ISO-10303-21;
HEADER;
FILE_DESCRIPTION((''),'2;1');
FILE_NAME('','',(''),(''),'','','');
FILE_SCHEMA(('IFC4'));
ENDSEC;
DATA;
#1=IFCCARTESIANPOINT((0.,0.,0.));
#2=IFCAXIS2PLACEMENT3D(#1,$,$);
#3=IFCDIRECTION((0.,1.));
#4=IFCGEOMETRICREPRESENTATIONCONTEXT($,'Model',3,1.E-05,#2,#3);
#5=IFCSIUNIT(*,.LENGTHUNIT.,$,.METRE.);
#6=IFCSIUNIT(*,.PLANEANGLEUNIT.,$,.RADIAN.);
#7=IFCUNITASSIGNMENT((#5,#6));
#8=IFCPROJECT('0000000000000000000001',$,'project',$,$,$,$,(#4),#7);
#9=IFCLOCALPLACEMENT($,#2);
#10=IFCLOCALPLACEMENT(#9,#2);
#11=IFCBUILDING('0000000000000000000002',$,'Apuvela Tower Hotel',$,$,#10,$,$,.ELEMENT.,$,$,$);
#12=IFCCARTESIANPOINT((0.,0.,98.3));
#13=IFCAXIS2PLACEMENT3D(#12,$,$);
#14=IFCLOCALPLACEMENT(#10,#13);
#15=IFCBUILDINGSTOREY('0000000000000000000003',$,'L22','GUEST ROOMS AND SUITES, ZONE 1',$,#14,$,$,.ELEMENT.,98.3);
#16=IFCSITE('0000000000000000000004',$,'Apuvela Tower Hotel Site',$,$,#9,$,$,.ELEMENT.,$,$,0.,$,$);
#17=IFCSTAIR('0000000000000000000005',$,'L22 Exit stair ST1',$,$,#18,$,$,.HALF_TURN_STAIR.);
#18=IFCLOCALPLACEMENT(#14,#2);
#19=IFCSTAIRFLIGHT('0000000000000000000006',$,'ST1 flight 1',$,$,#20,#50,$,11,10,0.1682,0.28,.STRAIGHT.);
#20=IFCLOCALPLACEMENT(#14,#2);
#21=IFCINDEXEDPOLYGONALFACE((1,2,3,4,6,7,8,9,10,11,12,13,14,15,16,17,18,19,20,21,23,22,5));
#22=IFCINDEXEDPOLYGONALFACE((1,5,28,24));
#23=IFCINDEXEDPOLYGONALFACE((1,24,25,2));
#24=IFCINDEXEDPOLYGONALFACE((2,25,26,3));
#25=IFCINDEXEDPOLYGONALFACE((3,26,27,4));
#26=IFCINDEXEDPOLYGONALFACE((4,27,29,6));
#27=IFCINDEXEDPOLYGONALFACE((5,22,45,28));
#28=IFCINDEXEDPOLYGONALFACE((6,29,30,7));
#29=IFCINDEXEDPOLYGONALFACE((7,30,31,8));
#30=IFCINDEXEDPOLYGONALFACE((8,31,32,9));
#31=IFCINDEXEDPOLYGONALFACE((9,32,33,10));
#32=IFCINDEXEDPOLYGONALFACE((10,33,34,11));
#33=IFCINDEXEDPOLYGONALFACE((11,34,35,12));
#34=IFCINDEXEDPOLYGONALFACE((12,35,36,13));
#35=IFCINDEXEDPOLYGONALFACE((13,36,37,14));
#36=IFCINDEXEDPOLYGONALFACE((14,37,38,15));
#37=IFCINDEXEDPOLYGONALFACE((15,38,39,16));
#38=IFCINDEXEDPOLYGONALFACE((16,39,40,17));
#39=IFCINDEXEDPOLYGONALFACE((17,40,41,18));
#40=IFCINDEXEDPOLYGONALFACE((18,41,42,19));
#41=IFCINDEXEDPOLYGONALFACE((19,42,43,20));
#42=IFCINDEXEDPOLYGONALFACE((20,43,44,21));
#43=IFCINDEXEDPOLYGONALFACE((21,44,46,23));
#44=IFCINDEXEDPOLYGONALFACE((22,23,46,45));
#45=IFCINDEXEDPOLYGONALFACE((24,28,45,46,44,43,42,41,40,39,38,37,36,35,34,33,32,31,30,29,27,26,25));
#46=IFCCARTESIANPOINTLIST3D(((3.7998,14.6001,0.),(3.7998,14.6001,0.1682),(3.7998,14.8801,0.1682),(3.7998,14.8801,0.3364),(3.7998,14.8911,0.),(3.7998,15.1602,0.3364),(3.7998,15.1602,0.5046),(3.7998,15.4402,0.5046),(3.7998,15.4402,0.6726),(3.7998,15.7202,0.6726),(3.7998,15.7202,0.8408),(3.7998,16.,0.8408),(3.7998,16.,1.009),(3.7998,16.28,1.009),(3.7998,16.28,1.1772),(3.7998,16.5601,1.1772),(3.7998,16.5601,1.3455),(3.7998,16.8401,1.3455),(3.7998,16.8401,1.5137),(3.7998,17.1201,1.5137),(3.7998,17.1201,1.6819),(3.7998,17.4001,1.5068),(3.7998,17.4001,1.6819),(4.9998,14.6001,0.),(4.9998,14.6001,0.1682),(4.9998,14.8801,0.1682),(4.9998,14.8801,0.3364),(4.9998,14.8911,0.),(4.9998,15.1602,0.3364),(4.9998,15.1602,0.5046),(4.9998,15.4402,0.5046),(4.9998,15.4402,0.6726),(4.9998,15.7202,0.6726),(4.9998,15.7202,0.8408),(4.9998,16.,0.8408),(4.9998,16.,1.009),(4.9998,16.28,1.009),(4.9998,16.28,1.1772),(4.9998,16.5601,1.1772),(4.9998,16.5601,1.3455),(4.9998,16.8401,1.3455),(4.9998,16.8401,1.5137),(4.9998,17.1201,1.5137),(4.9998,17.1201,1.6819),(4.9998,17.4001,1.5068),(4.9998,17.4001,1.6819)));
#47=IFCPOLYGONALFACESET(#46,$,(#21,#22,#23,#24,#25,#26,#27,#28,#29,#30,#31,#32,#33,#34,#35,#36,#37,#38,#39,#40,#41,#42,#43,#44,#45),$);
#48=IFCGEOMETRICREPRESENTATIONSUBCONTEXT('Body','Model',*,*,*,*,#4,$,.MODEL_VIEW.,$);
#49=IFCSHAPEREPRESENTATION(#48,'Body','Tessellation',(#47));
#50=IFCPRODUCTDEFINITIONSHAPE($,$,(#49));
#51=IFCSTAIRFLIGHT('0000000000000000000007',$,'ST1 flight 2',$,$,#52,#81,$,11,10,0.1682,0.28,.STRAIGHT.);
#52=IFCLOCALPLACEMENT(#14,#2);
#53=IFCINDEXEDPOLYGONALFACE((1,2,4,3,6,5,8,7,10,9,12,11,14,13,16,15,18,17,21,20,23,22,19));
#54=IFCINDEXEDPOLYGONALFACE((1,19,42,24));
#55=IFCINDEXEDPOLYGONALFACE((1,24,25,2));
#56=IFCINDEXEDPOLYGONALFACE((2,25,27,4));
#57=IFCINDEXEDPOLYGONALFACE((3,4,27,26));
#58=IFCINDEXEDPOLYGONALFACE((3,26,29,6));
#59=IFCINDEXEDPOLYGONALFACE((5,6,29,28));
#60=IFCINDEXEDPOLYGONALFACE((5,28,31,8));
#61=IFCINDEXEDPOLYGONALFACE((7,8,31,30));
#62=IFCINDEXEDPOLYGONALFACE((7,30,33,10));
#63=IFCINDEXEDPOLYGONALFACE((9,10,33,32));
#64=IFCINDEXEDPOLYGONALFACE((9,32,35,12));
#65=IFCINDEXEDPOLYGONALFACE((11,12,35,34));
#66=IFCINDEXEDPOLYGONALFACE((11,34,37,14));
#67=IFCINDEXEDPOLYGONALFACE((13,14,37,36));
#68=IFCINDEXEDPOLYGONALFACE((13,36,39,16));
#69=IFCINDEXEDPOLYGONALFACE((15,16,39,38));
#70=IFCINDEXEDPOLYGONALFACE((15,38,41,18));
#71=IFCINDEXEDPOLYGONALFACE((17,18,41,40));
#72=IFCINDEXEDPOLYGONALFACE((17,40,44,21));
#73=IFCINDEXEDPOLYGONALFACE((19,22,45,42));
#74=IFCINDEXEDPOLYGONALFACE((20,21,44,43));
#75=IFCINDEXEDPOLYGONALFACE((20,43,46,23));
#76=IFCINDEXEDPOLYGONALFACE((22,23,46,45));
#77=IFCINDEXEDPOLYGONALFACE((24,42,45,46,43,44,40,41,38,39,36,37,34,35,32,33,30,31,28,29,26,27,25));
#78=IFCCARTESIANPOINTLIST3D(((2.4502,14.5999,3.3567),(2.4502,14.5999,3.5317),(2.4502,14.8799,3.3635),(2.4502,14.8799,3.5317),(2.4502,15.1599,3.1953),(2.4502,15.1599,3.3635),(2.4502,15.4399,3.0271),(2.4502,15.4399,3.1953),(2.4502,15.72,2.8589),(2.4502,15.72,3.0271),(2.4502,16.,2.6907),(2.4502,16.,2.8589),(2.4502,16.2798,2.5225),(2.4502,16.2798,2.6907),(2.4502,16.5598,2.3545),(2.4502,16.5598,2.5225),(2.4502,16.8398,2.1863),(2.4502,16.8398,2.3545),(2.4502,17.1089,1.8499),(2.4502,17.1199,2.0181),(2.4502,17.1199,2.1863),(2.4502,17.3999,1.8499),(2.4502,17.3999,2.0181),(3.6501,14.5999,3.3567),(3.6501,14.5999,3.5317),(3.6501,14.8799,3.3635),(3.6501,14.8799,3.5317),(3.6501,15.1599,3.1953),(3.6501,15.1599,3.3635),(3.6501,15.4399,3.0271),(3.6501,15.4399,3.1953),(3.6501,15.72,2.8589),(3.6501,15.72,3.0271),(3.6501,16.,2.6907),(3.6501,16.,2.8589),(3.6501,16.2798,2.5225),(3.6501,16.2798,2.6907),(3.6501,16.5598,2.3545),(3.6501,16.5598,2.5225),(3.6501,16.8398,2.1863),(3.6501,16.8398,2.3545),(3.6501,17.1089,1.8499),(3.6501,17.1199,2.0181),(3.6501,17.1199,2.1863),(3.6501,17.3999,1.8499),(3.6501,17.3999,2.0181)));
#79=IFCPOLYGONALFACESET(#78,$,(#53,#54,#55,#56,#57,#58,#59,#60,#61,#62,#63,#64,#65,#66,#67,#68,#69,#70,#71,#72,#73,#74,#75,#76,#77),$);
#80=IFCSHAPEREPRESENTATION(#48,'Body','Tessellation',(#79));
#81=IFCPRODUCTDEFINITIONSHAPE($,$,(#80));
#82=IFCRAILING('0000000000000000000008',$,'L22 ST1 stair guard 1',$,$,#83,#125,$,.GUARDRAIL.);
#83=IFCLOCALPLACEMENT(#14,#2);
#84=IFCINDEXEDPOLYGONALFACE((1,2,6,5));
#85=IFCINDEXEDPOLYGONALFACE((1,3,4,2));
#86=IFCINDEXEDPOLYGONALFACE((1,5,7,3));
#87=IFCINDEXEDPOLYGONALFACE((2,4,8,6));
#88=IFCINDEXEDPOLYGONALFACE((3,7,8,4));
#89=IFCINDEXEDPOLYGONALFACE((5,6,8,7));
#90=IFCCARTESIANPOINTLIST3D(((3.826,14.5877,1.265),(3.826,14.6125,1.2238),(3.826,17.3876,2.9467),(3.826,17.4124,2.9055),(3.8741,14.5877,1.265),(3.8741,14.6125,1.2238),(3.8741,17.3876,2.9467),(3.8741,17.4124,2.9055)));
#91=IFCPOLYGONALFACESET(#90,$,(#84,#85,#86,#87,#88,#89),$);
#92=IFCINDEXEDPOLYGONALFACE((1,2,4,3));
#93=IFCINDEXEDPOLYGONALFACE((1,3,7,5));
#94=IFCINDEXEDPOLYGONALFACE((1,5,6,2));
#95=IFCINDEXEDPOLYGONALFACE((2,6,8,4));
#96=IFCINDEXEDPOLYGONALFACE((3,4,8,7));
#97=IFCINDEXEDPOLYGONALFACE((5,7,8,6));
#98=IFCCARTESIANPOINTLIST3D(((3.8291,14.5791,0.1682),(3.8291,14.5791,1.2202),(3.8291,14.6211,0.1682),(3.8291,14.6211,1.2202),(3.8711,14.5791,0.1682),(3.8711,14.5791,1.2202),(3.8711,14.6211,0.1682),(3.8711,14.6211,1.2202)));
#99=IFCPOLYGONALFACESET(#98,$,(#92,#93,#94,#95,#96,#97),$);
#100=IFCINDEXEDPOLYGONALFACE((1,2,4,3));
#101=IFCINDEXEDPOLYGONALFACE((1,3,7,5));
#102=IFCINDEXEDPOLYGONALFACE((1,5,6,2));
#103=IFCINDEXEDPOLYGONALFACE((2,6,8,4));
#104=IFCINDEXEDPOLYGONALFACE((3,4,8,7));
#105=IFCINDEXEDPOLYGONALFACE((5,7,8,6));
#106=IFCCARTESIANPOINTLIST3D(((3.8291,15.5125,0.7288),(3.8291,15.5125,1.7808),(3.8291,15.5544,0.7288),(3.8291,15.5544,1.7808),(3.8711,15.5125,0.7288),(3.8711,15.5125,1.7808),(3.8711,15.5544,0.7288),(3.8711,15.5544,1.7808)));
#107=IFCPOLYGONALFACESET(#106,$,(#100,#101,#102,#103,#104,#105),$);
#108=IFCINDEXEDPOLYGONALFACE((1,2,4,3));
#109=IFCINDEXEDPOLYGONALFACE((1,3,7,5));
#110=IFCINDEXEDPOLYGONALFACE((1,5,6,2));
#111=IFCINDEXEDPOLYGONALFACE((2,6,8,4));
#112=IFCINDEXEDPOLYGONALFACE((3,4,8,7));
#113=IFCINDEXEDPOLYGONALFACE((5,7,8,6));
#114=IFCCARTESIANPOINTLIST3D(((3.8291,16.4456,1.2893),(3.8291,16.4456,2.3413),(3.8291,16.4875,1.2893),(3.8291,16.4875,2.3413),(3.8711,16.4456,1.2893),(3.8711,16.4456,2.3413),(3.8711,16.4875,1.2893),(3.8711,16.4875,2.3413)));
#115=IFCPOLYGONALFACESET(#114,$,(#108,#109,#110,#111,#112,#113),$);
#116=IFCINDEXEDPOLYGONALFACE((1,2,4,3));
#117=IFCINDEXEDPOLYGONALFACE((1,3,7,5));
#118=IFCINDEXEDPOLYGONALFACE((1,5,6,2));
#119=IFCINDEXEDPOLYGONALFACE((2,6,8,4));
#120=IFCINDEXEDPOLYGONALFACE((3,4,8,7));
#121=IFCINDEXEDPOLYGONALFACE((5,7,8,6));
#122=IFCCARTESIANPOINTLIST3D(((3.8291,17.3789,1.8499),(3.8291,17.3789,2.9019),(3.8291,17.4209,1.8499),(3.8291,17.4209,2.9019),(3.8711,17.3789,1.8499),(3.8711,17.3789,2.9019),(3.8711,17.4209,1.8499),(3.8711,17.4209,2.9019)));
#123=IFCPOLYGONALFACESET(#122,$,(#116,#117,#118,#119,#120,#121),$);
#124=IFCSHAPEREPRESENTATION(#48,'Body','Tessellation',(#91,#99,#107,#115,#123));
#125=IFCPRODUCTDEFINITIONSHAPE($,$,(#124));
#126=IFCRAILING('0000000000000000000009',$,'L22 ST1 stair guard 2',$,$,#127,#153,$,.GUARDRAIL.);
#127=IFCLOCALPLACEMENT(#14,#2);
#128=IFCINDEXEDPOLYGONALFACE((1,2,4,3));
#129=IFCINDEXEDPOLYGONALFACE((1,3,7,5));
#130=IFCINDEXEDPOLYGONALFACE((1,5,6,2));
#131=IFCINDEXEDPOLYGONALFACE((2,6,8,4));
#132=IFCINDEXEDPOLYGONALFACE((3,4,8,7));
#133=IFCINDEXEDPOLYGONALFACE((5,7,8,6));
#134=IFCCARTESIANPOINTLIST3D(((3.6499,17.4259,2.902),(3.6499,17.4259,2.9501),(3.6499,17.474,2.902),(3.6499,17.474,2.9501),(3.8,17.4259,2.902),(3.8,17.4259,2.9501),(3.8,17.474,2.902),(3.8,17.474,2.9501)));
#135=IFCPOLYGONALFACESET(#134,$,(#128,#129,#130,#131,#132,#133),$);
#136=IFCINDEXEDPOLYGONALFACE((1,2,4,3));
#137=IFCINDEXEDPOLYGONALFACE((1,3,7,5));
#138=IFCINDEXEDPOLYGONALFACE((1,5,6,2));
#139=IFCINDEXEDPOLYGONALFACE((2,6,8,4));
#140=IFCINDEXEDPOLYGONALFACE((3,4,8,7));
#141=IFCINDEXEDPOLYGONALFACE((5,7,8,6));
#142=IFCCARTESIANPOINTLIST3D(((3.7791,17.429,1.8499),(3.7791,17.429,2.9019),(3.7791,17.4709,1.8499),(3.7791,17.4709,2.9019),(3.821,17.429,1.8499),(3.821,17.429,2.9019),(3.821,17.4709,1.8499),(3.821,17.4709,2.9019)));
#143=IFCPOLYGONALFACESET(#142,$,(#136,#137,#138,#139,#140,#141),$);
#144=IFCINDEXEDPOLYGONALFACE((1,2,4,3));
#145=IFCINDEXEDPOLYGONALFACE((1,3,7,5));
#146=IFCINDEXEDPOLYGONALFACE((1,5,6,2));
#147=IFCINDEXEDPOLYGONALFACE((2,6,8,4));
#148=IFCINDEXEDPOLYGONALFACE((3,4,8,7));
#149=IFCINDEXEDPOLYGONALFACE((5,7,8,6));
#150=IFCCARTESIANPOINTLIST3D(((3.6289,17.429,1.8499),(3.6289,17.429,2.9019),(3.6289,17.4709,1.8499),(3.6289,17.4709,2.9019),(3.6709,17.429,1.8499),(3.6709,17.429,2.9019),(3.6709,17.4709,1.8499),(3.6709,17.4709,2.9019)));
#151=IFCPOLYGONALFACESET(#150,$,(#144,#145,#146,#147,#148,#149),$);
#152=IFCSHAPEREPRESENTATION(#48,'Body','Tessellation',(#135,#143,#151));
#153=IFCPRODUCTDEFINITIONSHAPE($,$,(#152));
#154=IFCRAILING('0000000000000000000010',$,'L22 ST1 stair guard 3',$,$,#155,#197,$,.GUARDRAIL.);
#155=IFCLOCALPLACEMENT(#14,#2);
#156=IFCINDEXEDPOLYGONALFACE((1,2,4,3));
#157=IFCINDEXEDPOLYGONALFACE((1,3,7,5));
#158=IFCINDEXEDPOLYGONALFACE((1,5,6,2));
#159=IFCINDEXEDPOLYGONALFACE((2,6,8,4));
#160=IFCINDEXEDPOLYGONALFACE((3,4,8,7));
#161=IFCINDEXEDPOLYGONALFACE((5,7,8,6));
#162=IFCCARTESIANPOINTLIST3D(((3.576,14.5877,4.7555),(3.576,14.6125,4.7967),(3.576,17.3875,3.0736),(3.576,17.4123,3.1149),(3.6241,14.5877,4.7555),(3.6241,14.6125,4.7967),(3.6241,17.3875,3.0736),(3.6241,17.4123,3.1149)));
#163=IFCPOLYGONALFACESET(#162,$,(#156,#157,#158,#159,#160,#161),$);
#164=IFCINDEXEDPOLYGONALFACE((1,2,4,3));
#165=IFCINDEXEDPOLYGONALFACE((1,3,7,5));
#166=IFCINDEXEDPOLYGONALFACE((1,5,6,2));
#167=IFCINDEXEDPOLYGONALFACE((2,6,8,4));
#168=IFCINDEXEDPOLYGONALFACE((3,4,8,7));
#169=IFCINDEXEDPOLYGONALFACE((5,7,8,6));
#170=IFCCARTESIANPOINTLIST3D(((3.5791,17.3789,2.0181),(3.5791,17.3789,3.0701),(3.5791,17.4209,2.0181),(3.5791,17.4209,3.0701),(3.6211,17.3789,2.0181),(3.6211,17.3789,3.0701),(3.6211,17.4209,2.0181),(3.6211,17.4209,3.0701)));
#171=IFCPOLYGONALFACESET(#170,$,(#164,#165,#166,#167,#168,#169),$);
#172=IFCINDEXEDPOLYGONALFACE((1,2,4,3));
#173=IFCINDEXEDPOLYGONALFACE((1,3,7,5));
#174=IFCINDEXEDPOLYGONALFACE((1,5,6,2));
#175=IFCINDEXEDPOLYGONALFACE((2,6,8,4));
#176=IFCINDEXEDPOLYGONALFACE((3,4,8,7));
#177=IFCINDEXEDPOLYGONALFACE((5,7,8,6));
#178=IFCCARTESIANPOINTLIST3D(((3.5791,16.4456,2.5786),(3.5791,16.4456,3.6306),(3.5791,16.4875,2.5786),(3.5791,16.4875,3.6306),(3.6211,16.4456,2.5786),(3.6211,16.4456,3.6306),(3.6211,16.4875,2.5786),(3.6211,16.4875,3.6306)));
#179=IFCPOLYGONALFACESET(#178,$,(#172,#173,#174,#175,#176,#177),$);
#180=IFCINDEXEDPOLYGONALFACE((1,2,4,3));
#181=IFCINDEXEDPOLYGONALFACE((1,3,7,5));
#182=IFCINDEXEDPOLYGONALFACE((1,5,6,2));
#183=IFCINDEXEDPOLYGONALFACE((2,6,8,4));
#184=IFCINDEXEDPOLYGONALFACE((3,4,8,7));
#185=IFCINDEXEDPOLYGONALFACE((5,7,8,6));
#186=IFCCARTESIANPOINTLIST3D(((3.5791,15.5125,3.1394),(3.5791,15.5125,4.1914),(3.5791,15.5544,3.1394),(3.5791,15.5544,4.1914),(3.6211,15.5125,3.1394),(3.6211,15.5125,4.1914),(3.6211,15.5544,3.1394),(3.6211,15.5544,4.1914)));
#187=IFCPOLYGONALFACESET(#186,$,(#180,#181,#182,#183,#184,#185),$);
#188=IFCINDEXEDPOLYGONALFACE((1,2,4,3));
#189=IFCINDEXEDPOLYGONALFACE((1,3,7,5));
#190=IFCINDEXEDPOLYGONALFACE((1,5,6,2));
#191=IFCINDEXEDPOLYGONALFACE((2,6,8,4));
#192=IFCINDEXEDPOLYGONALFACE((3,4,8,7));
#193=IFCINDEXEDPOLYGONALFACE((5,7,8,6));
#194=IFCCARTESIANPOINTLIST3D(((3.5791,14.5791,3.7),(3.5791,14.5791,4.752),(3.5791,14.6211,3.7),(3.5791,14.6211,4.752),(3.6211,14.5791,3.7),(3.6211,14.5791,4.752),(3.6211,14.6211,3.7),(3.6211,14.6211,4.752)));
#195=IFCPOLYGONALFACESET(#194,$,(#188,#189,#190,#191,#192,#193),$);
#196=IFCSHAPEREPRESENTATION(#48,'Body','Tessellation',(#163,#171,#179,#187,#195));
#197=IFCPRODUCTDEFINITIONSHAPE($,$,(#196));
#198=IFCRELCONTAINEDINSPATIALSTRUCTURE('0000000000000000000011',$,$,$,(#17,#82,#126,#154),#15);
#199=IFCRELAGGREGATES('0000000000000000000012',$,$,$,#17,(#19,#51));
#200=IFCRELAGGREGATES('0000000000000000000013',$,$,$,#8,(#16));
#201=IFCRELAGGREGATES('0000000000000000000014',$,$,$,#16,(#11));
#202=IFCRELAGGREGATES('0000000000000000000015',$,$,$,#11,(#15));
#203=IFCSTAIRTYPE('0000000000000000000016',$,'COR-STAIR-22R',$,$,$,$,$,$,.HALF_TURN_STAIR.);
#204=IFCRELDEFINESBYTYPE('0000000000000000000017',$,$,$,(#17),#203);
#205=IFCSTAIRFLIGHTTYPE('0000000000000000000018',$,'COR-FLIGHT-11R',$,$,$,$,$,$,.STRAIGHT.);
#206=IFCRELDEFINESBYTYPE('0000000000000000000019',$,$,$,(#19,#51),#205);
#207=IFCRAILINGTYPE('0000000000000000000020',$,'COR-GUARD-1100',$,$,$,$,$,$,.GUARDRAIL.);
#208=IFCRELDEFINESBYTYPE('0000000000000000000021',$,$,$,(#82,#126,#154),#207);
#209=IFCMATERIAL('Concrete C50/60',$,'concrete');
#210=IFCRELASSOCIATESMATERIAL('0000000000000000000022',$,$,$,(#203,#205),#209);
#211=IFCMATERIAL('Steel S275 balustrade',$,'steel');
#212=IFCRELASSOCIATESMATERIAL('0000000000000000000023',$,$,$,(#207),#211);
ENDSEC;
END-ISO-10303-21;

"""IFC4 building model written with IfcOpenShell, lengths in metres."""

from ifc_helpers import new_model, si_unit, direction, frame, origin, origin_2d, place, context, subcontext, project, spatial, polyline, rectangle, outline, extrude, material, type_object, element, aggregate, save


model = new_model("IFC4")

# Units and contexts
model_context = context("Model", 3, precision=1e-05, world=origin(), true_north=direction((0.0, 1.0)))
body_context = subcontext(model_context, "Body", "Model", "MODEL_VIEW")
ifc_project = project(units=[si_unit("LENGTHUNIT", "METRE"), si_unit("PLANEANGLEUNIT", "RADIAN")], contexts=[model_context])

# Site, building, storey
site_placement = place(None, origin())
site = spatial("IfcSite", under=ifc_project, at=site_placement, Name="Apuvela Tower Hotel Site", CompositionType="ELEMENT", RefElevation=0.0)
building_placement = place(site_placement, origin())
building = spatial("IfcBuilding", under=site, at=building_placement, Name="Apuvela Tower Hotel", CompositionType="ELEMENT")
storey_placement = place(building_placement, frame((0.0, 0.0, 98.3)))
storey = spatial("IfcBuildingStorey", under=building, at=storey_placement, Name="L22", Description="GUEST ROOMS AND SUITES, ZONE 1", CompositionType="ELEMENT", Elevation=98.3)

# Shared definitions
ifc_material_1 = material(Name="Concrete C50/60", Category="concrete")

# Stair, stair flights
stair_type = type_object("IfcStairType", Name="COR-STAIR-22R", PredefinedType="HALF_TURN_STAIR", material=ifc_material_1)
stair_placement = place(storey_placement, origin())
stair = element("IfcStair", 1, at=stair_placement, inside=storey, type_object=stair_type, Name="L22 Exit stair ST1", PredefinedType="HALF_TURN_STAIR")
stair_flight_type = type_object("IfcStairFlightType", Name="COR-FLIGHT-11R", PredefinedType="STRAIGHT", material=ifc_material_1)
stair_flight_1_placement = place(storey_placement, frame((4.3999, 14.6001, 0.0), z_axis=(0.0, 0.0, 1.0), x_axis=(0.0, 1.0, 0.0)))
stair_flight_1 = element("IfcStairFlight", 2, at=stair_flight_1_placement, type_object=stair_flight_type, Name="ST1 flight 1", NumberOfRisers=11, NumberOfTreads=10, PredefinedType="STRAIGHT", RiserHeight=0.1682, TreadLength=0.28, context=body_context, shape_type="SweptSolid", body=[
    extrude(outline(polyline([(0.0, 0.0), (0.0, 0.1682), (0.28, 0.1682), (0.28, 0.3364), (0.5601, 0.3364), (0.5601, 0.5046), (0.8401, 0.5046), (0.8401, 0.6726), (1.1201, 0.6726), (1.1201, 0.8408), (1.3999, 0.8408), (1.3999, 1.009), (1.6799, 1.009), (1.6799, 1.1772), (1.96, 1.1772), (1.96, 1.3455), (2.24, 1.3455), (2.24, 1.5137), (2.52, 1.5137), (2.52, 1.6819), (2.8, 1.6819), (2.8, 1.8501), (2.8, 1.5068), (0.291, 0.0), (0.0, 0.0)])), frame((0.0, 0.6001, 0.0), z_axis=(0.0, -1.0, 0.0), x_axis=(1.0, 0.0, 0.0)), (0.0, 0.0, 1.0), 1.2),
])
stair_flight_2_placement = place(storey_placement, frame((3.05, 17.3999, 1.8499), z_axis=(0.0, 0.0, 1.0), x_axis=(0.0, -1.0, 0.0)))
stair_flight_2 = element("IfcStairFlight", 3, at=stair_flight_2_placement, type_object=stair_flight_type, Name="ST1 flight 2", NumberOfRisers=11, NumberOfTreads=10, PredefinedType="STRAIGHT", RiserHeight=0.1682, TreadLength=0.28, context=body_context, shape_type="SweptSolid", body=[
    extrude(outline(polyline([(0.0, 0.0), (0.0, 0.1682), (0.28, 0.1682), (0.28, 0.3364), (0.5601, 0.3364), (0.5601, 0.5046), (0.8401, 0.5046), (0.8401, 0.6726), (1.1201, 0.6726), (1.1201, 0.8408), (1.3999, 0.8408), (1.3999, 1.009), (1.6799, 1.009), (1.6799, 1.1772), (1.96, 1.1772), (1.96, 1.3455), (2.24, 1.3455), (2.24, 1.5137), (2.52, 1.5137), (2.52, 1.6819), (2.8, 1.6819), (2.8, 1.8501), (2.8, 1.5068), (0.291, 0.0), (0.0, 0.0)])), frame((0.0, 0.6001, 0.0), z_axis=(0.0, -1.0, 0.0), x_axis=(1.0, 0.0, 0.0)), (0.0, 0.0, 1.0), 1.2),
])
aggregate(stair, [stair_flight_1, stair_flight_2])

# Railings
ifc_material_2 = material(Name="Steel S275 balustrade", Category="steel")
railing_type_1 = type_object("IfcRailingType", Name="COR-GUARD-1100", PredefinedType="GUARDRAIL", material=ifc_material_2)
railing_1_placement = place(storey_placement, frame((3.8501, 14.6001, 0.1682)))
element("IfcRailing", 4, at=railing_1_placement, inside=storey, type_object=railing_type_1, Name="L22 ST1 stair guard 1", PredefinedType="GUARDRAIL", context=body_context, shape_type="SweptSolid", body=[
    extrude(rectangle(XDim=0.0481, YDim=0.0481, at=origin_2d()), frame((0.0, 0.0, 1.0762), z_axis=(0.0, 0.857255, 0.514891), x_axis=(-1.0, 0.0, 0.0)), (0.0, 0.0, 1.0), 3.2661),
    extrude(rectangle(XDim=0.042, YDim=0.042, at=origin_2d()), origin(), (0.0, 0.0, 1.0), 1.052),
    extrude(rectangle(XDim=0.042, YDim=0.042, at=origin_2d()), frame((0.0, 0.9333, 0.5605)), (0.0, 0.0, 1.0), 1.052),
    extrude(rectangle(XDim=0.042, YDim=0.042, at=origin_2d()), frame((0.0, 1.8665, 1.1211)), (0.0, 0.0, 1.0), 1.052),
    extrude(rectangle(XDim=0.042, YDim=0.042, at=origin_2d()), frame((0.0, 2.7998, 1.6816)), (0.0, 0.0, 1.0), 1.052),
])
railing_2_placement = place(storey_placement, frame((3.8, 17.45, 1.8499)))
element("IfcRailing", 5, at=railing_2_placement, inside=storey, type_object=railing_type_1, Name="L22 ST1 stair guard 2", PredefinedType="GUARDRAIL", context=body_context, shape_type="SweptSolid", body=[
    extrude(rectangle(XDim=0.0481, YDim=0.0481, at=origin_2d()), frame((0.0, 0.0, 1.0762), z_axis=(-1.0, 0.0, 0.0), x_axis=(0.0, -1.0, 0.0)), (0.0, 0.0, 1.0), 0.1501),
    extrude(rectangle(XDim=0.042, YDim=0.042, at=origin_2d()), origin(), (0.0, 0.0, 1.0), 1.052),
    extrude(rectangle(XDim=0.042, YDim=0.042, at=origin_2d()), frame((-0.1501, 0.0, 0.0)), (0.0, 0.0, 1.0), 1.052),
])
railing_3_placement = place(storey_placement, frame((3.6001, 17.3999, 2.0181)))
element("IfcRailing", 6, at=railing_3_placement, inside=storey, type_object=railing_type_1, Name="L22 ST1 stair guard 3", PredefinedType="GUARDRAIL", context=body_context, shape_type="SweptSolid", body=[
    extrude(rectangle(XDim=0.0481, YDim=0.0481, at=origin_2d()), frame((0.0, 0.0, 1.0762), z_axis=(0.0, -0.857222, 0.514946), x_axis=(1.0, 0.0, 0.0)), (0.0, 0.0, 1.0), 3.2661),
    extrude(rectangle(XDim=0.042, YDim=0.042, at=origin_2d()), origin(), (0.0, 0.0, 1.0), 1.052),
    extrude(rectangle(XDim=0.042, YDim=0.042, at=origin_2d()), frame((0.0, -0.9333, 0.5605)), (0.0, 0.0, 1.0), 1.052),
    extrude(rectangle(XDim=0.042, YDim=0.042, at=origin_2d()), frame((0.0, -1.8665, 1.1213)), (0.0, 0.0, 1.0), 1.052),
    extrude(rectangle(XDim=0.042, YDim=0.042, at=origin_2d()), frame((0.0, -2.7998, 1.6819)), (0.0, 0.0, 1.0), 1.052),
])

save(model, "model.ifc")
